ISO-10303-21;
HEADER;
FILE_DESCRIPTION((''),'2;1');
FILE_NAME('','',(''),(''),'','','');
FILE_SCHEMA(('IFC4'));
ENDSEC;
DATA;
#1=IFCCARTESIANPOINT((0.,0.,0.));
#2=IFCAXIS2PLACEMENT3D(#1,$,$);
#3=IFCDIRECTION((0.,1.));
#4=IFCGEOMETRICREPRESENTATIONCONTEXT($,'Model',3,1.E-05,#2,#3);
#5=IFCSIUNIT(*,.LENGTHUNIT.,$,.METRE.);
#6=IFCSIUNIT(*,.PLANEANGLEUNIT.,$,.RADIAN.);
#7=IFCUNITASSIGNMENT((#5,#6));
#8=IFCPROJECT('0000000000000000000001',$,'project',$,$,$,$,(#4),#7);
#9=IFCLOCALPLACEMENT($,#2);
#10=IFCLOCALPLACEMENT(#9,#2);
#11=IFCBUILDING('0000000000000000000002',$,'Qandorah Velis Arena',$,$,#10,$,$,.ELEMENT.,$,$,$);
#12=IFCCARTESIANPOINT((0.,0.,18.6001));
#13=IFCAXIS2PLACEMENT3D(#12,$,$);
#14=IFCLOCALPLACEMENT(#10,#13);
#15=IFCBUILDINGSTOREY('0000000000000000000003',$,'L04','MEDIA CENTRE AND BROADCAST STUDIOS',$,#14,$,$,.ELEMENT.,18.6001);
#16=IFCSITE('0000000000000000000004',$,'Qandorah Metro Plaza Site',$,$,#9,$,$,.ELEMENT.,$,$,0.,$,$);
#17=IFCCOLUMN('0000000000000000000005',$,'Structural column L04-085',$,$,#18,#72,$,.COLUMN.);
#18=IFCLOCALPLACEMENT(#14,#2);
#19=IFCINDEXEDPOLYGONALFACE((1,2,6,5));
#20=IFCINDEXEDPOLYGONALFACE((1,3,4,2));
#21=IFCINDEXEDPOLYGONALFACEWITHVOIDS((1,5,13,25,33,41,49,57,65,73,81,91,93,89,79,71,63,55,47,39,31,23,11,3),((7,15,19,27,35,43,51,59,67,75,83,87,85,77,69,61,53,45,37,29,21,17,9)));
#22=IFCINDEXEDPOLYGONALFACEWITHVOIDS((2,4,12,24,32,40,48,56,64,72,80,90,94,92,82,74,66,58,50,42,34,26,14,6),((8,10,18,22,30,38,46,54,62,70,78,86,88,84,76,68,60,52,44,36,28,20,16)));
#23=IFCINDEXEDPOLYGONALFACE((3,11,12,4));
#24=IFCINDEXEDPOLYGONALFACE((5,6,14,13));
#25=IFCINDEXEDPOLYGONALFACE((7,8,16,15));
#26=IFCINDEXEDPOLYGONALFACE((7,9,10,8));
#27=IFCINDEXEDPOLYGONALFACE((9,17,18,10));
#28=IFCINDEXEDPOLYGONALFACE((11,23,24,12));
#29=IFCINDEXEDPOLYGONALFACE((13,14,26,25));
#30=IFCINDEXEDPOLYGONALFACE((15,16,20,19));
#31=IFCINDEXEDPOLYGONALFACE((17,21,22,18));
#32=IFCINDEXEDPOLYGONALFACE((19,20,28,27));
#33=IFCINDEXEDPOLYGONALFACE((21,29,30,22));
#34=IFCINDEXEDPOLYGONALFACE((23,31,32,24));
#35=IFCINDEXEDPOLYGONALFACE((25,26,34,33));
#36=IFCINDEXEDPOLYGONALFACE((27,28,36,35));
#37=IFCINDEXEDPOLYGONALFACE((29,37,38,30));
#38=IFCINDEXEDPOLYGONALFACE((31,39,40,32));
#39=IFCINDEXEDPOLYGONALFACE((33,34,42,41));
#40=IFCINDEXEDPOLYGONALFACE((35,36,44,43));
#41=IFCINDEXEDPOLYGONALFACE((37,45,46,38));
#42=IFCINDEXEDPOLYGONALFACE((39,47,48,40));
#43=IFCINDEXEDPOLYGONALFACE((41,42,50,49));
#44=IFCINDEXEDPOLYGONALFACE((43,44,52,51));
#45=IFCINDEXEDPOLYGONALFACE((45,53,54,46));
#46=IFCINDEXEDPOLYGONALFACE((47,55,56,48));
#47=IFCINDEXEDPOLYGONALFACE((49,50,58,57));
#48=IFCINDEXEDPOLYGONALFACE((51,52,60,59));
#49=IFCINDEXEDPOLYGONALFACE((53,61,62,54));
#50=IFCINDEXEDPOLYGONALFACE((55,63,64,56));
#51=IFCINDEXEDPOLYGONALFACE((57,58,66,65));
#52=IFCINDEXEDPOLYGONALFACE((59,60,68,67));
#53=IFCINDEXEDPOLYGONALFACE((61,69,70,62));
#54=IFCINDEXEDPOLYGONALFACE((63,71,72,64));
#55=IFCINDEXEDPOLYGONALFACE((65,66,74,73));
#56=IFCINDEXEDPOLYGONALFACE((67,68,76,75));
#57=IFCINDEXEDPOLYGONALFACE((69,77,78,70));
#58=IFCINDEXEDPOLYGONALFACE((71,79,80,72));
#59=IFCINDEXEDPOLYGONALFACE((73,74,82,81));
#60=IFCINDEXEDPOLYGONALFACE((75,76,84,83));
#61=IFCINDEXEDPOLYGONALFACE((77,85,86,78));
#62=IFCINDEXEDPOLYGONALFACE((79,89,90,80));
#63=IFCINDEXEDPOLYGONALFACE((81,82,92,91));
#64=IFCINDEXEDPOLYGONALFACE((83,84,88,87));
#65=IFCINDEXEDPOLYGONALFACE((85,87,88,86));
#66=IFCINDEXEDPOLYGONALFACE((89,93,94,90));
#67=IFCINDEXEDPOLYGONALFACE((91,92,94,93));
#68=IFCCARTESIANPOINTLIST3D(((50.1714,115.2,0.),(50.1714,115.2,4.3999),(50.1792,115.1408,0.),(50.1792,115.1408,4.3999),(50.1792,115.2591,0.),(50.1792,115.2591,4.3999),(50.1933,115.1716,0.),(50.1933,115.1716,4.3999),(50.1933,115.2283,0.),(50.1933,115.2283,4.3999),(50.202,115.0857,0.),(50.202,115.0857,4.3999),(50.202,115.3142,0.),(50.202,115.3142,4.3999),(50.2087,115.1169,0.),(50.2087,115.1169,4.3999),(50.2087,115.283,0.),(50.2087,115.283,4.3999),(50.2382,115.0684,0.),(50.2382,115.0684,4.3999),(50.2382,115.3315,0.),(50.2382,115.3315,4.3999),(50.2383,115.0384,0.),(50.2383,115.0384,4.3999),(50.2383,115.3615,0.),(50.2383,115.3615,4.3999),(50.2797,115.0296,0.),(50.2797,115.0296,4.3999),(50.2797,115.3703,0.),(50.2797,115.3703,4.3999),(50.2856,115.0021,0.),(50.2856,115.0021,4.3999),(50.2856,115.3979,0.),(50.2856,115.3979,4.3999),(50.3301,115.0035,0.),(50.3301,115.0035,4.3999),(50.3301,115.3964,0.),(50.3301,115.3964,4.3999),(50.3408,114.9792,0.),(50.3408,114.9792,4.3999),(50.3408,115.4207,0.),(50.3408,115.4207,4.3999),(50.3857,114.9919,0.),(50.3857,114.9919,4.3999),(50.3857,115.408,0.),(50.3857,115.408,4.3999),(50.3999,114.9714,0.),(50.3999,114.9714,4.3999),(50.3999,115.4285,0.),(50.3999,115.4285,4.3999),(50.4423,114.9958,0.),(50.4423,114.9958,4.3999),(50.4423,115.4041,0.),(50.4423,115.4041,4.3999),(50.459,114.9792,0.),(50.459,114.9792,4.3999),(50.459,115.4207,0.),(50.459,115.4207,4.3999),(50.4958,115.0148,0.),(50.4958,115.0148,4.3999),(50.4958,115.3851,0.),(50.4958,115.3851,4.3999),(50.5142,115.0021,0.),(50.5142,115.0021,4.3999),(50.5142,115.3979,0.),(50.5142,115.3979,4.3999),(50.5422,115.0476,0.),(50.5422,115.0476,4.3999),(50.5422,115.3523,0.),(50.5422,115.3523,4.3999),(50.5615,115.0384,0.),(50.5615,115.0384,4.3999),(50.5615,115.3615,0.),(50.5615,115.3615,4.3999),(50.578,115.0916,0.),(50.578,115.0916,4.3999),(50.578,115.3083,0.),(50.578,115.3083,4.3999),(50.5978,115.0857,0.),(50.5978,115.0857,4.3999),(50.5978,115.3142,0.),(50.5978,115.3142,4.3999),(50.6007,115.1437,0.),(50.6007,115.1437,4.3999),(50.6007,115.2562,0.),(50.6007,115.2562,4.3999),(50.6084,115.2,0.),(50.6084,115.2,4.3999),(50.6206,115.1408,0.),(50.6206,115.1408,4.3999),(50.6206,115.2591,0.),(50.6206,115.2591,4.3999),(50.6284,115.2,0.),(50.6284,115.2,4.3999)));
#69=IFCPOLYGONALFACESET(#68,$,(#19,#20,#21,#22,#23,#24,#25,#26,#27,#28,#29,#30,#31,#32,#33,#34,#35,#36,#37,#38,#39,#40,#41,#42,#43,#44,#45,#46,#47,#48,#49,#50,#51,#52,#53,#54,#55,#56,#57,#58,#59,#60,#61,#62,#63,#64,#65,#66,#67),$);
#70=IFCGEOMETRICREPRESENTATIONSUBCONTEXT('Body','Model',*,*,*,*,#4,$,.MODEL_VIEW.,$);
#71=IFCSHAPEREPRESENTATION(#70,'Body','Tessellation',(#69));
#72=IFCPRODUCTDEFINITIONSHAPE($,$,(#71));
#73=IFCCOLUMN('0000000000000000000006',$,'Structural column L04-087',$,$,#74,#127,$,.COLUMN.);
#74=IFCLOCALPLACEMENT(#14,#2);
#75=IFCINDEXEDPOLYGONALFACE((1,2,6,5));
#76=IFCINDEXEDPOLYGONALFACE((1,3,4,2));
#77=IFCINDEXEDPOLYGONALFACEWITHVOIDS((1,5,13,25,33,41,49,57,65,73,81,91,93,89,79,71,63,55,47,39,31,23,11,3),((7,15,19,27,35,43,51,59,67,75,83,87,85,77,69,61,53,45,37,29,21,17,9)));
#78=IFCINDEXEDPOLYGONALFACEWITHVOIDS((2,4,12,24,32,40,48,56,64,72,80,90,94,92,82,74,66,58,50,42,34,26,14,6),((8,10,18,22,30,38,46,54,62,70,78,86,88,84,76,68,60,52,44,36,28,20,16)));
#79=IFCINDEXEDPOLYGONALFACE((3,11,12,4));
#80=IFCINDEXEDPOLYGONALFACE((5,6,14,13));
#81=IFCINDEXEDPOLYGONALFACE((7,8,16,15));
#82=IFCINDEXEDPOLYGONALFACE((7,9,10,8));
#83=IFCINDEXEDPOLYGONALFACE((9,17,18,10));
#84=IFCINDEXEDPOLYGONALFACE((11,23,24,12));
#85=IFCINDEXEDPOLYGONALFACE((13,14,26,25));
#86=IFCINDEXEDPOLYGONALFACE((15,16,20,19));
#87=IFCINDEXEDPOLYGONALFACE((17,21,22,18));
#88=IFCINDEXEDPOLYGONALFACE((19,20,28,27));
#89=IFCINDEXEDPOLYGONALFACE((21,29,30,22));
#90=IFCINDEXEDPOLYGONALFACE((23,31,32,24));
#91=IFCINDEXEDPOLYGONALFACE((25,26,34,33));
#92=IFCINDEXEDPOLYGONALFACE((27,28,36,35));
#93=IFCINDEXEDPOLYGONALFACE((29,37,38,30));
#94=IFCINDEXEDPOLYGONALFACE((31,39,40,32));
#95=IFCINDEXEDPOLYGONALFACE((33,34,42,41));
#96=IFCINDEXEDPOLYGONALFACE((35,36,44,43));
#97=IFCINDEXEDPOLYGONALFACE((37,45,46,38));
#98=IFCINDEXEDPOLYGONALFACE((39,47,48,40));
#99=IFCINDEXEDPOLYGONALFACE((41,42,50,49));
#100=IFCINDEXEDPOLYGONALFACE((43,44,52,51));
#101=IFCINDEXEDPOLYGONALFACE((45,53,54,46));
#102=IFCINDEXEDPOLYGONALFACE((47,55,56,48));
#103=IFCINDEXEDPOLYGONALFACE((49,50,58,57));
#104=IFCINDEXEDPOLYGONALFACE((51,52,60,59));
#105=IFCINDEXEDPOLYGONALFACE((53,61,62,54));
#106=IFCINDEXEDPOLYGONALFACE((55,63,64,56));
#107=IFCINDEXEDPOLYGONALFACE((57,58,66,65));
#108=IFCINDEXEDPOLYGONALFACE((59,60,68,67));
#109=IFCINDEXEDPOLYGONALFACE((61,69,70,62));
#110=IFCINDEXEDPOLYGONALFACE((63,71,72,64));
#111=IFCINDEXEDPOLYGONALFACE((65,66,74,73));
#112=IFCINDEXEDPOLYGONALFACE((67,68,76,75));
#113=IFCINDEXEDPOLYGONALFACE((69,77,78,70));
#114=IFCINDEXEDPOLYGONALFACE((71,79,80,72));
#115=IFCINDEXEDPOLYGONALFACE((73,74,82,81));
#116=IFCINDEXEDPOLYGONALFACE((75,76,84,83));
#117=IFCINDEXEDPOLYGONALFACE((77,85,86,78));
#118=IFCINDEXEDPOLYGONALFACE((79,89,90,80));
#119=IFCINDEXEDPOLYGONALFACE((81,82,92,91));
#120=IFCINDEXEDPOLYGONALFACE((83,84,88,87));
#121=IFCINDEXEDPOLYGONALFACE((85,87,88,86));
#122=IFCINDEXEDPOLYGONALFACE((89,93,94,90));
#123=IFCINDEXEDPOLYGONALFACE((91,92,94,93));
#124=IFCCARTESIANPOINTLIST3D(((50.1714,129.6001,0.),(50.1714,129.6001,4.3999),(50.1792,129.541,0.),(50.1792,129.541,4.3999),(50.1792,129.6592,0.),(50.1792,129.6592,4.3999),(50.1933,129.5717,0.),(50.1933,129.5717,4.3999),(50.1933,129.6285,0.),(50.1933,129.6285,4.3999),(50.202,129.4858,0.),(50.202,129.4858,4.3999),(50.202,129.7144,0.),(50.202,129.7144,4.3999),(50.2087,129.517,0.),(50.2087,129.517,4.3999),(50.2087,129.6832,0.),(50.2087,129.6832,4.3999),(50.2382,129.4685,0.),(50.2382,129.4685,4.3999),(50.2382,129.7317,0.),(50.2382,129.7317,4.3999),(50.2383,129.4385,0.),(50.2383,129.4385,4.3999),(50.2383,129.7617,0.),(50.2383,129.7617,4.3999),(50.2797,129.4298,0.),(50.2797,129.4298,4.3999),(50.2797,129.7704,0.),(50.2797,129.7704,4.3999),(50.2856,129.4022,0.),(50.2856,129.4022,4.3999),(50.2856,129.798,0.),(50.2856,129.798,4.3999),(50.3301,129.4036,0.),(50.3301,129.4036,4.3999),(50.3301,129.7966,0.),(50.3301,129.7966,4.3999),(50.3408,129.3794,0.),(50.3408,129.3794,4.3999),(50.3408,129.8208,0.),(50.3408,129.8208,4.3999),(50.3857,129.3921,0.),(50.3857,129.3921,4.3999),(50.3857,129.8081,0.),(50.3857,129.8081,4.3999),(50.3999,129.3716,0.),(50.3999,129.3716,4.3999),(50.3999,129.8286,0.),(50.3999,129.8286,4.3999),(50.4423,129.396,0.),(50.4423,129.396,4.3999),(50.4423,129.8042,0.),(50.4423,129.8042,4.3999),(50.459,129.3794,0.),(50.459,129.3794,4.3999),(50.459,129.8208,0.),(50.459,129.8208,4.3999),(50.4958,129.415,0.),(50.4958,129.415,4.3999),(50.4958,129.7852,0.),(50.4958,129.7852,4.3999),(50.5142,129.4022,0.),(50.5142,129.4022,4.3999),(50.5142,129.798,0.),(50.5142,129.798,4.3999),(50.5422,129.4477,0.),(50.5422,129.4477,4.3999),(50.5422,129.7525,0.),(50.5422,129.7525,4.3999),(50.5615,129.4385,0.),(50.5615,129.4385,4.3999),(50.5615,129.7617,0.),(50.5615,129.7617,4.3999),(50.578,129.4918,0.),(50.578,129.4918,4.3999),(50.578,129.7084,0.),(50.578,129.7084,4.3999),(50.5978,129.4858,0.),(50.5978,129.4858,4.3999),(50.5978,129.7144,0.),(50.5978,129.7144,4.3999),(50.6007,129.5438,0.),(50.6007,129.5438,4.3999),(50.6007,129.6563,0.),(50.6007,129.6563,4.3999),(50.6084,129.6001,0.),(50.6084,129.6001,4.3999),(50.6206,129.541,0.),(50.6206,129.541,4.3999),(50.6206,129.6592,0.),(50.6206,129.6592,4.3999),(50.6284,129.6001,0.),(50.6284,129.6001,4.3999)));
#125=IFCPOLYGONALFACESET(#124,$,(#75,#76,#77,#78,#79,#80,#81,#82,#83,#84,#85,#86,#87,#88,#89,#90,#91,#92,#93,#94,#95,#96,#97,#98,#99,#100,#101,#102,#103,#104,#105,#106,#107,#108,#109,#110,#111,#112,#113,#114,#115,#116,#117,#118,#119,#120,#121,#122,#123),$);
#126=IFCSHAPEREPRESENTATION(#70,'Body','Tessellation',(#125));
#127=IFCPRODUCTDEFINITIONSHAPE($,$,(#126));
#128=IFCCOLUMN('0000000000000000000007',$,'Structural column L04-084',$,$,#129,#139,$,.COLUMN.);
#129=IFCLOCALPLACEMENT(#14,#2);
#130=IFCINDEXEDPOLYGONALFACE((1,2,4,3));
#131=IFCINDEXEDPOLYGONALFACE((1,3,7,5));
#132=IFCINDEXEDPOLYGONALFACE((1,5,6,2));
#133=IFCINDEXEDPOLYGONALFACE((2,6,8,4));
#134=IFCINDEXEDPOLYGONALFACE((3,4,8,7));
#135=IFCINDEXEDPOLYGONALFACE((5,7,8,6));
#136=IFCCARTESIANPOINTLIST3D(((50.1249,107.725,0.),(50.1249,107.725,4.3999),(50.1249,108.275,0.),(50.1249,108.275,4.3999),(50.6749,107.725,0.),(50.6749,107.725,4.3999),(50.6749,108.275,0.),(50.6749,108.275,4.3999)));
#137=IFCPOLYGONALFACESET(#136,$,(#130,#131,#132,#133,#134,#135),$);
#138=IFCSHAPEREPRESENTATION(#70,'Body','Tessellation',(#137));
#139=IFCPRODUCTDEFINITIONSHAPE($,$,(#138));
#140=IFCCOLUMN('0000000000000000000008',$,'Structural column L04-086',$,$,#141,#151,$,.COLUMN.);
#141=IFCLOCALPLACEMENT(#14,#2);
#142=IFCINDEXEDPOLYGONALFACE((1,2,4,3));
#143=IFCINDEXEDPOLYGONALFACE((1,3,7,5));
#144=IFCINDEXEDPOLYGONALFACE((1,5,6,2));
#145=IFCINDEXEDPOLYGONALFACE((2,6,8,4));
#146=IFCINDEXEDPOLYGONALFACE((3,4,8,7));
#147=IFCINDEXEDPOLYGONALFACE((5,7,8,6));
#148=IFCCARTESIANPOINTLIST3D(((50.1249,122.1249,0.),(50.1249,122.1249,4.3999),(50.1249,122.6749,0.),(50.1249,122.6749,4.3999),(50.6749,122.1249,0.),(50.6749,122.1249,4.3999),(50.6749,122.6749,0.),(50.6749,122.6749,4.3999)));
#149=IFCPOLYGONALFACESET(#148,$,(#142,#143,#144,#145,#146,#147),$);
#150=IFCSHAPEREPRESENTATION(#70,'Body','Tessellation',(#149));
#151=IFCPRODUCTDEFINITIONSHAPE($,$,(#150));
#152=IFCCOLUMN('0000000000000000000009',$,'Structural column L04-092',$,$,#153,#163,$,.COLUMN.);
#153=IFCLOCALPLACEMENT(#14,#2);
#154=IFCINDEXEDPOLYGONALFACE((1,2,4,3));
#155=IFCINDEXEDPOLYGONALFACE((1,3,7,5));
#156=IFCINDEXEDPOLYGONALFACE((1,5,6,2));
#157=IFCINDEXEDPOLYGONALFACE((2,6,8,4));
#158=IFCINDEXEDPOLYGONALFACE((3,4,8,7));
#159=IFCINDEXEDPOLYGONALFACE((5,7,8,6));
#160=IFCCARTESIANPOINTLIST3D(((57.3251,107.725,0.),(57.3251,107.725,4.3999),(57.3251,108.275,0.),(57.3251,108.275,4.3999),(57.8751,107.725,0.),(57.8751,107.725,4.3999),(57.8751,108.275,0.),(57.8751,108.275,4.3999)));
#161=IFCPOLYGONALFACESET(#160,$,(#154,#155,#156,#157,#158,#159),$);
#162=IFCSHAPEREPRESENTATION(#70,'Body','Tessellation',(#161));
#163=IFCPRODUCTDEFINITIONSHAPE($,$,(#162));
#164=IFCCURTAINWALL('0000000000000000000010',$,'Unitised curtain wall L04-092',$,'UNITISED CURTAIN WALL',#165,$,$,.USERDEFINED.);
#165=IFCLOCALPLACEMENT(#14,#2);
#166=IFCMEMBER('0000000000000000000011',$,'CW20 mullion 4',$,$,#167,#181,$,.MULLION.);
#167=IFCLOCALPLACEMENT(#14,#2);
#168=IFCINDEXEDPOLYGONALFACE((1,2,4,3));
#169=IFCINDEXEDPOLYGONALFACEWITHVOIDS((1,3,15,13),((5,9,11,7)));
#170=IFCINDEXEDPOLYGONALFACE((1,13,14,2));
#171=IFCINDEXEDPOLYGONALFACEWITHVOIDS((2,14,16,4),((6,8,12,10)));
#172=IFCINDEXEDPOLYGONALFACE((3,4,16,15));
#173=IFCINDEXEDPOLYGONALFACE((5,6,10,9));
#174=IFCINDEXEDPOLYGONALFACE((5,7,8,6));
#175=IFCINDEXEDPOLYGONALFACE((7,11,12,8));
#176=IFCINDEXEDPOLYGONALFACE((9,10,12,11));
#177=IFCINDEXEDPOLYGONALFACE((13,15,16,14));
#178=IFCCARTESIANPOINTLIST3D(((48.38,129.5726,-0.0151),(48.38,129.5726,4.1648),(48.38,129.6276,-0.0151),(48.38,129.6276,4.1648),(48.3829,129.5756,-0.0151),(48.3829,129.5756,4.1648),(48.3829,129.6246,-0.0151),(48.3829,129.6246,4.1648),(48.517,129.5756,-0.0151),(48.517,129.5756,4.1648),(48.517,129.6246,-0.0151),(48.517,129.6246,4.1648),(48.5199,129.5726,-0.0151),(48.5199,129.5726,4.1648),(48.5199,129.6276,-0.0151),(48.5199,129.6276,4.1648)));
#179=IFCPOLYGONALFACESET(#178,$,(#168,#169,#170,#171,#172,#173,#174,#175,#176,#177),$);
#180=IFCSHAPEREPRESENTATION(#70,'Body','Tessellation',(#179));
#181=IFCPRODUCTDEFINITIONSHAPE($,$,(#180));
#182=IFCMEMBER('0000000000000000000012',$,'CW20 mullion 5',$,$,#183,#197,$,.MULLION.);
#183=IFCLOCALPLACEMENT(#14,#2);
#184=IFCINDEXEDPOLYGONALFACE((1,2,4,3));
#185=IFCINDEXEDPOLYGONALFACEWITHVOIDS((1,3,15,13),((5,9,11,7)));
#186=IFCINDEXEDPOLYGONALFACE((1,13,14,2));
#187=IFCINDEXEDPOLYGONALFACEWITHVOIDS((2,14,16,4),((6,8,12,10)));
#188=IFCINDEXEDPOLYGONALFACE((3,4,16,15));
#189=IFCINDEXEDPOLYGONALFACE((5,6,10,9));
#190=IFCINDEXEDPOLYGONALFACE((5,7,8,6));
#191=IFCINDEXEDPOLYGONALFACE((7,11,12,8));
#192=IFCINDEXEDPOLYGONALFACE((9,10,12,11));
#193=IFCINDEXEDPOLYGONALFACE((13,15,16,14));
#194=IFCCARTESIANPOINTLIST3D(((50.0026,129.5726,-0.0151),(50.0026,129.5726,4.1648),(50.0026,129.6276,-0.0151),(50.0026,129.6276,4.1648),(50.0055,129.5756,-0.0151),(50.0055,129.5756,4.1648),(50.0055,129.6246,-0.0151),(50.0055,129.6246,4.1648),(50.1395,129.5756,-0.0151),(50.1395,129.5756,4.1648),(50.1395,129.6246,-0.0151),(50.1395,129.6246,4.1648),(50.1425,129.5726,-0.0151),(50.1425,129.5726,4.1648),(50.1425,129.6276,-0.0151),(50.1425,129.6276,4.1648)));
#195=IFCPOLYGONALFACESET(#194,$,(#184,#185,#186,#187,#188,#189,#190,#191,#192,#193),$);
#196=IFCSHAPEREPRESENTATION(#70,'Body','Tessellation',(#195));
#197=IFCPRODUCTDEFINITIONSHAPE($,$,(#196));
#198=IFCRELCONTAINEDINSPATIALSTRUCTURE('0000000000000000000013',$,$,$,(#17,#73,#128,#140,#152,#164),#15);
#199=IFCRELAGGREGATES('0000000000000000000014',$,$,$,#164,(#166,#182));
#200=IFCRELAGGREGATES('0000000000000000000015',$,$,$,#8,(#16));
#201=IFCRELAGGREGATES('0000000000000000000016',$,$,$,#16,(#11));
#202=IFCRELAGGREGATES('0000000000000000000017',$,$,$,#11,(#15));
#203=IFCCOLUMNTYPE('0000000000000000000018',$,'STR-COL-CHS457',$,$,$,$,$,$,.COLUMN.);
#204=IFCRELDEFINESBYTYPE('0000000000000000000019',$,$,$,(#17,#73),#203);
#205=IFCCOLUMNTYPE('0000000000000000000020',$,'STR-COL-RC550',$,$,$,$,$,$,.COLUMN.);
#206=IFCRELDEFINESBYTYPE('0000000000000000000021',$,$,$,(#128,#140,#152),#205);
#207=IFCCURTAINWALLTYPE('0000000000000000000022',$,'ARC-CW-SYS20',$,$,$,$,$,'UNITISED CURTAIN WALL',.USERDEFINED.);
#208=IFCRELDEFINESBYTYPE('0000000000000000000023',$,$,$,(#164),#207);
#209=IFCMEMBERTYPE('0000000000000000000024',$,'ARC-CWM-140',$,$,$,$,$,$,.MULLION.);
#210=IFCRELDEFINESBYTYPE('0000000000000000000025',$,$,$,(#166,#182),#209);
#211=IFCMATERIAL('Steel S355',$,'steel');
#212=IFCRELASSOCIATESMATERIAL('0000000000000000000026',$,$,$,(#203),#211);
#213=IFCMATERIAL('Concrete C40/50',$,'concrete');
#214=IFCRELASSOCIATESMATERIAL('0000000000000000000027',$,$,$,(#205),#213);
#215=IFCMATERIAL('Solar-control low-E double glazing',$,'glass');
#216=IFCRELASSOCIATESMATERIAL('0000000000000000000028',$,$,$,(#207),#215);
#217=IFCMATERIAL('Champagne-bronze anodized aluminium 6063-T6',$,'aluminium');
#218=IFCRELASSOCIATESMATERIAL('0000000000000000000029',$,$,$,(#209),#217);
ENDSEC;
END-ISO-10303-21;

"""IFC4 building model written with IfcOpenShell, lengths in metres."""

from ifc_helpers import new_model, si_unit, direction, frame, origin, origin_2d, place, context, subcontext, project, spatial, rectangle, hollow_rectangle, hollow_circle, extrude, material, material_profile, profile_set, type_object, element, aggregate, save


model = new_model("IFC4")

# Units and contexts
model_context = context("Model", 3, precision=1e-05, world=origin(), true_north=direction((0.0, 1.0)))
body_context = subcontext(model_context, "Body", "Model", "MODEL_VIEW")
ifc_project = project(units=[si_unit("LENGTHUNIT", "METRE"), si_unit("PLANEANGLEUNIT", "RADIAN")], contexts=[model_context])

# Site, building, storey
site_placement = place(None, origin())
site = spatial("IfcSite", under=ifc_project, at=site_placement, Name="Qandorah Metro Plaza Site", CompositionType="ELEMENT", RefElevation=0.0)
building_placement = place(site_placement, origin())
building = spatial("IfcBuilding", under=site, at=building_placement, Name="Qandorah Velis Arena", CompositionType="ELEMENT")
storey_placement = place(building_placement, frame((0.0, 0.0, 18.6001)))
storey = spatial("IfcBuildingStorey", under=building, at=storey_placement, Name="L04", Description="MEDIA CENTRE AND BROADCAST STUDIOS", CompositionType="ELEMENT", Elevation=18.6001)

# Columns
ifc_material_1 = material(Name="Steel S355", Category="steel")
ifc_material_profile_1 = material_profile(ifc_material_1, hollow_circle(Radius=0.2285, WallThickness=0.02, at=origin_2d()), Name="CHS 457x20")
ifc_profile_set_1 = profile_set([ifc_material_profile_1], Name="Steel S355")
column_type_1 = type_object("IfcColumnType", Name="STR-COL-CHS457", PredefinedType="COLUMN", material=ifc_profile_set_1)
for number, where, z_axis, x_axis, name in (
    (1, (50.3999, 115.2, 0.0), (0.0, 0.0, 1.0), (1.0, 0.0, 0.0), "Structural column L04-085"),
    (2, (50.3999, 129.6001, 0.0), (0.0, 0.0, 1.0), (1.0, 0.0, 0.0), "Structural column L04-087"),
):
    element("IfcColumn", number, at=place(storey_placement, frame(where, z_axis=z_axis, x_axis=x_axis)), inside=storey, type_object=column_type_1, Name=name, PredefinedType="COLUMN", context=body_context, shape_type="SweptSolid", body=[
        extrude(hollow_circle(Radius=0.2285, WallThickness=0.02, at=origin_2d()), origin(), (0.0, 0.0, 1.0), 4.3999),
    ])
ifc_material_2 = material(Name="Concrete C40/50", Category="concrete")
ifc_material_profile_2 = material_profile(ifc_material_2, rectangle(XDim=0.55, YDim=0.55, at=origin_2d()), Name="RC COL 550x550")
ifc_profile_set_2 = profile_set([ifc_material_profile_2], Name="Concrete C40/50")
column_type_2 = type_object("IfcColumnType", Name="STR-COL-RC550", PredefinedType="COLUMN", material=ifc_profile_set_2)
for number, where, z_axis, x_axis, name in (
    (3, (50.3999, 108.0, 0.0), (0.0, 0.0, 1.0), (1.0, 0.0, 0.0), "Structural column L04-084"),
    (4, (50.3999, 122.3999, 0.0), (0.0, 0.0, 1.0), (1.0, 0.0, 0.0), "Structural column L04-086"),
    (5, (57.6001, 108.0, 0.0), (0.0, 0.0, 1.0), (1.0, 0.0, 0.0), "Structural column L04-092"),
):
    element("IfcColumn", number, at=place(storey_placement, frame(where, z_axis=z_axis, x_axis=x_axis)), inside=storey, type_object=column_type_2, Name=name, PredefinedType="COLUMN", context=body_context, shape_type="SweptSolid", body=[
        extrude(rectangle(XDim=0.55, YDim=0.55, at=origin_2d()), origin(), (0.0, 0.0, 1.0), 4.3999),
    ])

# Curtain wall, members
ifc_material_3 = material(Name="Solar-control low-E double glazing", Category="glass")
curtain_wall_type = type_object("IfcCurtainWallType", Name="ARC-CW-SYS20", ElementType="UNITISED CURTAIN WALL", PredefinedType="USERDEFINED", material=ifc_material_3)
curtain_wall_placement = place(storey_placement, origin())
curtain_wall = element("IfcCurtainWall", 6, at=curtain_wall_placement, inside=storey, type_object=curtain_wall_type, Name="Unitised curtain wall L04-092", ObjectType="UNITISED CURTAIN WALL", PredefinedType="USERDEFINED")
ifc_material_4 = material(Name="Champagne-bronze anodized aluminium 6063-T6", Category="aluminium")
ifc_material_profile_3 = material_profile(ifc_material_4, hollow_rectangle(XDim=0.0549, YDim=0.1399, WallThickness=0.0029, at=origin_2d()), Name="ALU MULLION 55x140")
ifc_profile_set_3 = profile_set([ifc_material_profile_3], Name="Champagne-bronze anodized aluminium 6063-T6")
member_type_1 = type_object("IfcMemberType", Name="ARC-CWM-140", PredefinedType="MULLION", material=ifc_profile_set_3)
member_1_placement = place(storey_placement, frame((48.45, 129.6001, -0.0151), z_axis=(0.0, 0.0, 1.0), x_axis=(0.0, 1.0, 0.0)))
member_1 = element("IfcMember", 7, at=member_1_placement, type_object=member_type_1, Name="CW20 mullion 4", PredefinedType="MULLION", context=body_context, shape_type="SweptSolid", body=[
    extrude(hollow_rectangle(XDim=0.0549, YDim=0.1399, WallThickness=0.0029, at=origin_2d()), origin(), (0.0, 0.0, 1.0), 4.1799),
])
member_2_placement = place(storey_placement, frame((50.0725, 129.6001, -0.0151), z_axis=(0.0, 0.0, 1.0), x_axis=(0.0, 1.0, 0.0)))
member_2 = element("IfcMember", 8, at=member_2_placement, type_object=member_type_1, Name="CW20 mullion 5", PredefinedType="MULLION", context=body_context, shape_type="SweptSolid", body=[
    extrude(hollow_rectangle(XDim=0.0549, YDim=0.1399, WallThickness=0.0029, at=origin_2d()), origin(), (0.0, 0.0, 1.0), 4.1799),
])

aggregate(curtain_wall, [member_1, member_2])

save(model, "model.ifc")
